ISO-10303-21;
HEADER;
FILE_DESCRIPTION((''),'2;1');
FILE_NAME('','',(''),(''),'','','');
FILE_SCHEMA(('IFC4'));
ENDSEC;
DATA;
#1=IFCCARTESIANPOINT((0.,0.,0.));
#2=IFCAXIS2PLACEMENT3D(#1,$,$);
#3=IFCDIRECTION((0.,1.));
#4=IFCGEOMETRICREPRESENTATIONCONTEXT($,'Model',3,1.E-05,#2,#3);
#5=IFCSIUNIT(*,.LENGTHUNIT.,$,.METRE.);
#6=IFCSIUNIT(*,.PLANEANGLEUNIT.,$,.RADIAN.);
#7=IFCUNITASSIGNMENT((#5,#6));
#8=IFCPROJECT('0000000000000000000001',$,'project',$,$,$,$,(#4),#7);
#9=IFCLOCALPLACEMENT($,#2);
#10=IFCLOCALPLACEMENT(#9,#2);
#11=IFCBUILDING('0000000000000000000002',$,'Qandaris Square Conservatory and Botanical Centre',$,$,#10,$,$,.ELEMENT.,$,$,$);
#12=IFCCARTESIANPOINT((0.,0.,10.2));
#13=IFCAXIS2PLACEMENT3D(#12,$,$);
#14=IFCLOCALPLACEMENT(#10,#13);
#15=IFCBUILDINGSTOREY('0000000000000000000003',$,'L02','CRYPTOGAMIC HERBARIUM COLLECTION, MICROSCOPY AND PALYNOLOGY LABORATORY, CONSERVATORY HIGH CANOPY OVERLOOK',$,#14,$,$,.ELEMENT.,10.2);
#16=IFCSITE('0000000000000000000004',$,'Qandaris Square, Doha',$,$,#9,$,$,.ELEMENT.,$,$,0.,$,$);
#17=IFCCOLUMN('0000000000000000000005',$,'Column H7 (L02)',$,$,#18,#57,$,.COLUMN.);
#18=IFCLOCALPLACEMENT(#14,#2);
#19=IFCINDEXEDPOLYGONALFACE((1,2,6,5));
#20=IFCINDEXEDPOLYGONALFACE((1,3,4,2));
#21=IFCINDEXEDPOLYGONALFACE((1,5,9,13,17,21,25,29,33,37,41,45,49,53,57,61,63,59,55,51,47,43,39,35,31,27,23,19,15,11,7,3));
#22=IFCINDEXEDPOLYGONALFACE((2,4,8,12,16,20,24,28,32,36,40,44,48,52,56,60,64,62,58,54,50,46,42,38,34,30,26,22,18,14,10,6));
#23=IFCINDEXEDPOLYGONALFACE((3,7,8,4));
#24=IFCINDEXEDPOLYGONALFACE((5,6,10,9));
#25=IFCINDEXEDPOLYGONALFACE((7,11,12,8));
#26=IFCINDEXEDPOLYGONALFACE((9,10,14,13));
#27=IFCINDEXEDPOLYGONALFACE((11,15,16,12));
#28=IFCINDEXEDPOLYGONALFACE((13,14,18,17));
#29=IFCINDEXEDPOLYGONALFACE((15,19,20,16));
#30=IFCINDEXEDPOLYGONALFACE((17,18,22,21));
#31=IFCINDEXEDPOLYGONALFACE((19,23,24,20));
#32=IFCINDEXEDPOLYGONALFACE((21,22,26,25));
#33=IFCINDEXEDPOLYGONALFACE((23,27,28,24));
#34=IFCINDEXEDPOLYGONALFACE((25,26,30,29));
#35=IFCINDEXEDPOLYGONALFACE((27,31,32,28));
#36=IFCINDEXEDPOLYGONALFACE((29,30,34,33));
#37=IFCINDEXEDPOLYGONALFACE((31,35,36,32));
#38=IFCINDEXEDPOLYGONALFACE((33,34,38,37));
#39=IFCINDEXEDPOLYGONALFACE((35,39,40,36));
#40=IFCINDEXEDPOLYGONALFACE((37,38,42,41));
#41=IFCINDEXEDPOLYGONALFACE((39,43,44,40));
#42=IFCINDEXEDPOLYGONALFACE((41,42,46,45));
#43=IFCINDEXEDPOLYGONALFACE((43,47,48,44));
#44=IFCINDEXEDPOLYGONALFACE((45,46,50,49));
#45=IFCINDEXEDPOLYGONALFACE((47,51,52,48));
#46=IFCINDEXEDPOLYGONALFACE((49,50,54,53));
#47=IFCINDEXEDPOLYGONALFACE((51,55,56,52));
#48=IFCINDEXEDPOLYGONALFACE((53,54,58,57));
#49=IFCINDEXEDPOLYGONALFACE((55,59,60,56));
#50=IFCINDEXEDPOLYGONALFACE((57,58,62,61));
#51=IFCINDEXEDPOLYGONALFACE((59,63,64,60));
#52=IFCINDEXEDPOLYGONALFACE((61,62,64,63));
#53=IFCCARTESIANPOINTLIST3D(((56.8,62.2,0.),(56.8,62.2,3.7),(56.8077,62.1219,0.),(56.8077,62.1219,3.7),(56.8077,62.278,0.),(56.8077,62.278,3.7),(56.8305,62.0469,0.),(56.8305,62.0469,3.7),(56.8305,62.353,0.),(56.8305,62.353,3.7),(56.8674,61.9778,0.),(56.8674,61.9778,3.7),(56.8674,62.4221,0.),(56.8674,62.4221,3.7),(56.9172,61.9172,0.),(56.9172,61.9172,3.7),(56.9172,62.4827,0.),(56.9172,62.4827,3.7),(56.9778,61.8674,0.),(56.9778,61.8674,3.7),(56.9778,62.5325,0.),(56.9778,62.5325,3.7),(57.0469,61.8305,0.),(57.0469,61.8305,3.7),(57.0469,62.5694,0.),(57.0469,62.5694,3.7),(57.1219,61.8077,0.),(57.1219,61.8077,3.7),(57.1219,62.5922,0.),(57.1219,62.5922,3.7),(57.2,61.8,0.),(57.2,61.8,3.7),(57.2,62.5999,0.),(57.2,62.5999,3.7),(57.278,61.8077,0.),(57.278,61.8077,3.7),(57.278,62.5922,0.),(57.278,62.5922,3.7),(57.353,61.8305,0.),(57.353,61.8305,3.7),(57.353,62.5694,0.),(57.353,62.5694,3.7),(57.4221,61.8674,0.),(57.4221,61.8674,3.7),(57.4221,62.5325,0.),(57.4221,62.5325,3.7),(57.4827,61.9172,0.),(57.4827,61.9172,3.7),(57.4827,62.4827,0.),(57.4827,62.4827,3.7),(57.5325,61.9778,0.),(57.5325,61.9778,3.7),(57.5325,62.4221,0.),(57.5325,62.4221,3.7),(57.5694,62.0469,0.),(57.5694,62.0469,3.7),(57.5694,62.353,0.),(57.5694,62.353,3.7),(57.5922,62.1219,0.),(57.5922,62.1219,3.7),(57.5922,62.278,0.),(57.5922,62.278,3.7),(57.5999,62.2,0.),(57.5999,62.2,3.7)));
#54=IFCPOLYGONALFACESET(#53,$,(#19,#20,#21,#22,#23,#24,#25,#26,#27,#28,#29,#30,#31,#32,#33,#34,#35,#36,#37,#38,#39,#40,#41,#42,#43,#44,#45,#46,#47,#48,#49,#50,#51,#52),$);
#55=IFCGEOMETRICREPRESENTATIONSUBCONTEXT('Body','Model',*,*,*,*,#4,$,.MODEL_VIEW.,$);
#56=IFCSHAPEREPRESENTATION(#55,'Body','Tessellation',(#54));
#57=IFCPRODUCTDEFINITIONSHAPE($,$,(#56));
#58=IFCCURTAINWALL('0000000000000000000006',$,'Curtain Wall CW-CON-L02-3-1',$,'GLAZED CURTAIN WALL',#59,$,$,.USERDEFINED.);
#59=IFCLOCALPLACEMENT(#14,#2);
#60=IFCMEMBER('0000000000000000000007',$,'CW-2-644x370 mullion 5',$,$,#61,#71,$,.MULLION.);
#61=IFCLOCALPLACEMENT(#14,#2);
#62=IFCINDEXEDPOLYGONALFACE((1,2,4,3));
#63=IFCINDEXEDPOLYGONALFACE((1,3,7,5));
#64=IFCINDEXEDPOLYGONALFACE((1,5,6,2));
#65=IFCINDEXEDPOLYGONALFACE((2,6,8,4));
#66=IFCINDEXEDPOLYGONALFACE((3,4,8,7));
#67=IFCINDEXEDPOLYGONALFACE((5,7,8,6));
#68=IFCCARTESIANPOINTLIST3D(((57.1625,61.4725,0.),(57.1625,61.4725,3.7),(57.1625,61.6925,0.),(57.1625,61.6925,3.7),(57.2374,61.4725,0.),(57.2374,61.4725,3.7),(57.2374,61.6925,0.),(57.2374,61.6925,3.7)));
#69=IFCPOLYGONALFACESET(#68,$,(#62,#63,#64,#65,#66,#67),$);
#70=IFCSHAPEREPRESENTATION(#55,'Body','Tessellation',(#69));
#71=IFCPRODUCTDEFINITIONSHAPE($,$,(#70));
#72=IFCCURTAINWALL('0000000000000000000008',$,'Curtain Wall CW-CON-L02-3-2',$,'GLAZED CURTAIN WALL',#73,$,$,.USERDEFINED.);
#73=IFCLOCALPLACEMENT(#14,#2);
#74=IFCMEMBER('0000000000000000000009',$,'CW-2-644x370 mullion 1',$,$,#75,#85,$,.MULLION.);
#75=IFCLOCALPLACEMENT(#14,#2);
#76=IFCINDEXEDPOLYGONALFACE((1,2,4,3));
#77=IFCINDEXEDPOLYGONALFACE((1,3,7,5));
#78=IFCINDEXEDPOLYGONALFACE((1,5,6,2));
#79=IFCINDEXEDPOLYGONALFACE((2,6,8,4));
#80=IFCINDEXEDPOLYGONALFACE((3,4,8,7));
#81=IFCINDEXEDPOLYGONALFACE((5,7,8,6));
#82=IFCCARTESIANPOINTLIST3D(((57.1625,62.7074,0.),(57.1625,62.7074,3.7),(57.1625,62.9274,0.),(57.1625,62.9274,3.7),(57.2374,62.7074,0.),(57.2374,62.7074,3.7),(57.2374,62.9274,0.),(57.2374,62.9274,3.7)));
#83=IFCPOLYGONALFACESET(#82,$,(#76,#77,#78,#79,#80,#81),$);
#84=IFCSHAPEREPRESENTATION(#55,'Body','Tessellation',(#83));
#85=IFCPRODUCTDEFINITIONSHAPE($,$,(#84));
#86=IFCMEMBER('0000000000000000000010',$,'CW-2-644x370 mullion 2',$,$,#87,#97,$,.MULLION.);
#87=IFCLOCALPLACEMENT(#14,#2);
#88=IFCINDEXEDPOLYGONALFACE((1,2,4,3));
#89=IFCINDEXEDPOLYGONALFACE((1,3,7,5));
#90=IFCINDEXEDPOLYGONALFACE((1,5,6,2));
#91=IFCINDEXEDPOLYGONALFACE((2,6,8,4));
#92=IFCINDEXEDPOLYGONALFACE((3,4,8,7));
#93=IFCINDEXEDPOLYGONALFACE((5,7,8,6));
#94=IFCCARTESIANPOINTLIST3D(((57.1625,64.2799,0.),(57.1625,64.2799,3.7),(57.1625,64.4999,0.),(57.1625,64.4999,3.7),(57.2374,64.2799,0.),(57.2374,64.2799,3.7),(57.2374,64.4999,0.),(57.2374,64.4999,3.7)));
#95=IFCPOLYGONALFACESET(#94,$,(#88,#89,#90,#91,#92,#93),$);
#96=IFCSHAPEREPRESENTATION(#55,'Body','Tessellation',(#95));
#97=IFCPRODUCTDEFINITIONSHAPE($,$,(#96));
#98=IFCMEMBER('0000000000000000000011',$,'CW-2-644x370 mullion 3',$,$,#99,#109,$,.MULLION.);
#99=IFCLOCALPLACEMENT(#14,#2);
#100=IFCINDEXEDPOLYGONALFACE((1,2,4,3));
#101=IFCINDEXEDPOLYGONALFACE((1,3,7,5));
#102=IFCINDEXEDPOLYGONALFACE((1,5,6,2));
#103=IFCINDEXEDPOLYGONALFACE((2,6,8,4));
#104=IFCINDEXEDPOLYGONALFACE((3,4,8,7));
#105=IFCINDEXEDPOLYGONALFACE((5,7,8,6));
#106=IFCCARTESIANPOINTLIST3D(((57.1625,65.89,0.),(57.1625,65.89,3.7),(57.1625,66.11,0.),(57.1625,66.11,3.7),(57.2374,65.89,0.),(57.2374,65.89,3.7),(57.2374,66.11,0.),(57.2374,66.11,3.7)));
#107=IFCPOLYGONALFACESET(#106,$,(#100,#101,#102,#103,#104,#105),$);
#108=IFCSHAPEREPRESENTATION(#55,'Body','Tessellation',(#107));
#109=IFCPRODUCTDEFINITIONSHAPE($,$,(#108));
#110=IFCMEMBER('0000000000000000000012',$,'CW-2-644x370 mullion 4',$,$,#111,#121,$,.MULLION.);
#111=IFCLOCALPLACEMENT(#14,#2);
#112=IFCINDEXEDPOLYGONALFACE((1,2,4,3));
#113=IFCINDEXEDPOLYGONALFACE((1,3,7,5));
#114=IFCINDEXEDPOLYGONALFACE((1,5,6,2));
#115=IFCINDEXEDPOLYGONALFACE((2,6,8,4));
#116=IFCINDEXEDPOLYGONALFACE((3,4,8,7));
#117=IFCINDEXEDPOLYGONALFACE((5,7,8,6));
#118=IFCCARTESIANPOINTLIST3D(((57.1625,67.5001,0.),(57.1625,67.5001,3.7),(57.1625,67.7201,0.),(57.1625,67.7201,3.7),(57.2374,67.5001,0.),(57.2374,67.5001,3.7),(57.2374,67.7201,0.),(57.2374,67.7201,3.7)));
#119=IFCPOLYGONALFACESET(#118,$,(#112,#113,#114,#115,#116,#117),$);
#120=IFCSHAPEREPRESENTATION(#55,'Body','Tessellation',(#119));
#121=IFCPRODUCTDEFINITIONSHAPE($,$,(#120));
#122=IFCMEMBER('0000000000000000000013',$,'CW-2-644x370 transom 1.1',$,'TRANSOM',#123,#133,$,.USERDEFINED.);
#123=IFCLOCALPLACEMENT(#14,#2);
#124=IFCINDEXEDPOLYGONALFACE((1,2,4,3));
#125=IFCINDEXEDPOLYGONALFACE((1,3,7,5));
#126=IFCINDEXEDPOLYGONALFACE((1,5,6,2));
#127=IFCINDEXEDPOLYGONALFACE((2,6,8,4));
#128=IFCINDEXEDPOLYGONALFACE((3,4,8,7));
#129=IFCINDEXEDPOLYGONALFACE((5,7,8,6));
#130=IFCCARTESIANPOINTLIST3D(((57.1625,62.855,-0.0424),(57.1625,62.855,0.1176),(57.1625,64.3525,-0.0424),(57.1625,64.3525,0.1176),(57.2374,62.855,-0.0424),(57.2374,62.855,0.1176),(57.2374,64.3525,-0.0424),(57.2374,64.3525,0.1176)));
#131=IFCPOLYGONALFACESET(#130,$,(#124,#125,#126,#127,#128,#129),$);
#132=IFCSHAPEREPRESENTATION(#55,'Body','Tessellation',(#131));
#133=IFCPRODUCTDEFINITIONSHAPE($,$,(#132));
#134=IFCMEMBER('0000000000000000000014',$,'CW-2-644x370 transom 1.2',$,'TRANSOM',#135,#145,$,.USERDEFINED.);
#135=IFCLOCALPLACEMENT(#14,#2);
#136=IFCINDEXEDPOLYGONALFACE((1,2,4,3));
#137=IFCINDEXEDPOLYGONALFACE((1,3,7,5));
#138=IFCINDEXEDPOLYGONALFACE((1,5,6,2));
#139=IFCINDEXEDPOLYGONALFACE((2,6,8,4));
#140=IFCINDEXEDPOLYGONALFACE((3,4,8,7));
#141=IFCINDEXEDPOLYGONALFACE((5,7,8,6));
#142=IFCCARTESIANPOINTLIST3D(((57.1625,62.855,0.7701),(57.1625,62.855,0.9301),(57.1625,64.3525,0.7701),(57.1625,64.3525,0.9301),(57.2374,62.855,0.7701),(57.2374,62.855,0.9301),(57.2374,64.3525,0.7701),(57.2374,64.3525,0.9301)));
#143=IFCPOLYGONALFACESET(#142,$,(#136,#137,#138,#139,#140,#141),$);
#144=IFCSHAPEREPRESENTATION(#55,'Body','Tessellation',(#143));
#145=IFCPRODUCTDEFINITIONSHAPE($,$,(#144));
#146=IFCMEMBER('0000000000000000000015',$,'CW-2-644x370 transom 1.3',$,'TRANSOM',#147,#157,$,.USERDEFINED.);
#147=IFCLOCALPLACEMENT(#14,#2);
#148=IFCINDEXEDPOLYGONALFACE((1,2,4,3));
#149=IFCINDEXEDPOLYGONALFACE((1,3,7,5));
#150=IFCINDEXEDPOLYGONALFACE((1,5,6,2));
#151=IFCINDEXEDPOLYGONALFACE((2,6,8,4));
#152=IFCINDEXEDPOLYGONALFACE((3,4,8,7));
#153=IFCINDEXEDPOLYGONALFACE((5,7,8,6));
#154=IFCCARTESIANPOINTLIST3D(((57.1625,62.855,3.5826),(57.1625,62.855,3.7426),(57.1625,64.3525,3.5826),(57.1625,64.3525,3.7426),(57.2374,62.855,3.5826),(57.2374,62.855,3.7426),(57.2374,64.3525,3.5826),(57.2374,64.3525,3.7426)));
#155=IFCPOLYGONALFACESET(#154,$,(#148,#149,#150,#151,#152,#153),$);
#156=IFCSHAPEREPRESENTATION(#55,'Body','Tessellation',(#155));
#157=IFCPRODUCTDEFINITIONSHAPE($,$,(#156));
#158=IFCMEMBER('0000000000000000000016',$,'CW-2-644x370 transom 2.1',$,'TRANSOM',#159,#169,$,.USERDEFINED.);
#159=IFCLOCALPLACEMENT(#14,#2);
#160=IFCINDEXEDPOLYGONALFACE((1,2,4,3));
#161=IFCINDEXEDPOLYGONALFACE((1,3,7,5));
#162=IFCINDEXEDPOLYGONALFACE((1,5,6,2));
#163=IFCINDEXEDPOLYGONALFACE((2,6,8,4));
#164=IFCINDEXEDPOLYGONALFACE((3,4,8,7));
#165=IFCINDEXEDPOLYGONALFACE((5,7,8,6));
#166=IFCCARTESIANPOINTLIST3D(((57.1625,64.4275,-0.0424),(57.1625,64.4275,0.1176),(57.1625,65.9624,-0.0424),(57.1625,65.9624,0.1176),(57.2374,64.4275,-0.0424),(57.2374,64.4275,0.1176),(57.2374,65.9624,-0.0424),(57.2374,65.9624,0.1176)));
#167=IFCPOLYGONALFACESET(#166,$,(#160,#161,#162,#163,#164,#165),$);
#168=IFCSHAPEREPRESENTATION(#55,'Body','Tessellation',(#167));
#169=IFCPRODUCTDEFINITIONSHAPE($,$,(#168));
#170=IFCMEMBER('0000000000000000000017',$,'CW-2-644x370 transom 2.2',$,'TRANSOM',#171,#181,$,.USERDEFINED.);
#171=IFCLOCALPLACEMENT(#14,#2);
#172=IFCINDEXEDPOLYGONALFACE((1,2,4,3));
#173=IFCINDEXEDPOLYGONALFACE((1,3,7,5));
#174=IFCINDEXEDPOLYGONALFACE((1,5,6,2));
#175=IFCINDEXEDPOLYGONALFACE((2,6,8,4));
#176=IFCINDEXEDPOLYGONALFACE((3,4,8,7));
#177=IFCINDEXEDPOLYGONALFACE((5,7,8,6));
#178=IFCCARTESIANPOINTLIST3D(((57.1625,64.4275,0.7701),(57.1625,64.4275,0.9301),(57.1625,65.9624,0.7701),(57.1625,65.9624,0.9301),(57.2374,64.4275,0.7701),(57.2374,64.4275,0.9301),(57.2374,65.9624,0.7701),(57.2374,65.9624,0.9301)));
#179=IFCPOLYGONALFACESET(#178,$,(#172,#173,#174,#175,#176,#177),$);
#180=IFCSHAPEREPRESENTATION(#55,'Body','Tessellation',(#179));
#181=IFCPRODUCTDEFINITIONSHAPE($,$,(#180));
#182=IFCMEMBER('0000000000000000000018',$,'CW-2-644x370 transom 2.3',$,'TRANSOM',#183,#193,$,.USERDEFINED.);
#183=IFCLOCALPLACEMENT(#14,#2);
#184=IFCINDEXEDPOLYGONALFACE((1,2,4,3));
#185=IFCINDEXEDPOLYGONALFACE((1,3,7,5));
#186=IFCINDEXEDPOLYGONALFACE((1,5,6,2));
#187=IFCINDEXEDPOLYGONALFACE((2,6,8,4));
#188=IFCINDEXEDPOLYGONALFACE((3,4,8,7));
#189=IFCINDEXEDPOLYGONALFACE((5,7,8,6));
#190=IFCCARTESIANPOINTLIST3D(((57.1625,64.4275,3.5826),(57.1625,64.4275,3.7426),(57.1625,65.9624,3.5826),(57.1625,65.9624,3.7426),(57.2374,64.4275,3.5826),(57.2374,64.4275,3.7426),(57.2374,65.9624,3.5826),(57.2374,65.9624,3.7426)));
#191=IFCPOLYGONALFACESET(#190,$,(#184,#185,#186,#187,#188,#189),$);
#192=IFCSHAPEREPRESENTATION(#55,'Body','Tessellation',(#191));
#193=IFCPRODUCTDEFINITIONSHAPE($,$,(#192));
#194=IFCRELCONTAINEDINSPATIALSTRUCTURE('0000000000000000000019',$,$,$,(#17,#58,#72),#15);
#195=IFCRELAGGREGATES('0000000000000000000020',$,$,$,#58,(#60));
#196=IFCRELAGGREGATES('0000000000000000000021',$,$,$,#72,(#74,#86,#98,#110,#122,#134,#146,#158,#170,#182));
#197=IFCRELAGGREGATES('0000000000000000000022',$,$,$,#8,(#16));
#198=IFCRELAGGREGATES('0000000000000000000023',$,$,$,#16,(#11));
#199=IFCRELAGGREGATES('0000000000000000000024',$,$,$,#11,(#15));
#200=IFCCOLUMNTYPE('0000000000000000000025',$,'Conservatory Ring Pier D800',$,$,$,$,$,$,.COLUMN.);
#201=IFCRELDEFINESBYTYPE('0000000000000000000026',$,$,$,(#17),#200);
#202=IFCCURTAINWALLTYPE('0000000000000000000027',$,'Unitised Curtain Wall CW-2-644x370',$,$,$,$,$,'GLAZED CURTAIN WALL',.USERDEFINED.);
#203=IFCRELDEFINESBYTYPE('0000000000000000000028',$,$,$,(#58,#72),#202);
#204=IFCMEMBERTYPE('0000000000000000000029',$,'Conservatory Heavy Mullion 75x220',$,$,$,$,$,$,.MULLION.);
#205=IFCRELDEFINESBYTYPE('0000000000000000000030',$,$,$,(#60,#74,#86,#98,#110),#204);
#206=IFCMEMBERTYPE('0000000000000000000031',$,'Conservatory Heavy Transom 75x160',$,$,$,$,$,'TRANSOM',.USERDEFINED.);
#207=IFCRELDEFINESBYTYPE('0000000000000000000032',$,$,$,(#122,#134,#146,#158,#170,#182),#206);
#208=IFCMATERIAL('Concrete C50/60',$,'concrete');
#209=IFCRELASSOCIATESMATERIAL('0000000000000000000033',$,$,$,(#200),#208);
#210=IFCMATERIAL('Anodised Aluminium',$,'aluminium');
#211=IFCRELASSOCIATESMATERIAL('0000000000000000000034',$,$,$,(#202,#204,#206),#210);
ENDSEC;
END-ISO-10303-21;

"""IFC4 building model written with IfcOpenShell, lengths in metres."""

from ifc_helpers import new_model, si_unit, direction, frame, origin, origin_2d, place, context, subcontext, project, spatial, rectangle, circle, extrude, material, material_profile, profile_set, type_object, element, aggregate, save


model = new_model("IFC4")

# Units and contexts
model_context = context("Model", 3, precision=1e-05, world=origin(), true_north=direction((0.0, 1.0)))
body_context = subcontext(model_context, "Body", "Model", "MODEL_VIEW")
ifc_project = project(units=[si_unit("LENGTHUNIT", "METRE"), si_unit("PLANEANGLEUNIT", "RADIAN")], contexts=[model_context])

# Site, building, storey
site_placement = place(None, origin())
site = spatial("IfcSite", under=ifc_project, at=site_placement, Name="Qandaris Square, Doha", CompositionType="ELEMENT", RefElevation=0.0)
building_placement = place(site_placement, origin())
building = spatial("IfcBuilding", under=site, at=building_placement, Name="Qandaris Square Conservatory and Botanical Centre", CompositionType="ELEMENT")
storey_placement = place(building_placement, frame((0.0, 0.0, 10.2)))
storey = spatial("IfcBuildingStorey", under=building, at=storey_placement, Name="L02", Description="CRYPTOGAMIC HERBARIUM COLLECTION, MICROSCOPY AND PALYNOLOGY LABORATORY, CONSERVATORY HIGH CANOPY OVERLOOK", CompositionType="ELEMENT", Elevation=10.2)

# Column
ifc_material_1 = material(Name="Concrete C50/60", Category="concrete")
ifc_material_profile_1 = material_profile(ifc_material_1, circle(Radius=0.3999, at=origin_2d()), Name="RC-COL D800")
ifc_profile_set_1 = profile_set([ifc_material_profile_1], Name="Concrete C50/60")
column_type = type_object("IfcColumnType", Name="Conservatory Ring Pier D800", PredefinedType="COLUMN", material=ifc_profile_set_1)
column_placement = place(storey_placement, frame((57.2, 62.2, 0.0), z_axis=(0.0, 0.0, 1.0), x_axis=(1.0, 0.0, 0.0)))
element("IfcColumn", 1, at=column_placement, inside=storey, type_object=column_type, Name="Column H7 (L02)", PredefinedType="COLUMN", context=body_context, shape_type="SweptSolid", body=[
    extrude(circle(Radius=0.3999, at=origin_2d()), origin(), (0.0, 0.0, 1.0), 3.7),
])

# Curtain wall, member
ifc_material_2 = material(Name="Anodised Aluminium", Category="aluminium")
curtain_wall_type = type_object("IfcCurtainWallType", Name="Unitised Curtain Wall CW-2-644x370", ElementType="GLAZED CURTAIN WALL", PredefinedType="USERDEFINED", material=ifc_material_2)
curtain_wall_1_placement = place(storey_placement, origin())
curtain_wall_1 = element("IfcCurtainWall", 2, at=curtain_wall_1_placement, inside=storey, type_object=curtain_wall_type, Name="Curtain Wall CW-CON-L02-3-1", ObjectType="GLAZED CURTAIN WALL", PredefinedType="USERDEFINED")
ifc_material_profile_2 = material_profile(ifc_material_2, rectangle(XDim=0.075, YDim=0.22, at=origin_2d()), Name="ALU-MUL 75x220")
ifc_profile_set_2 = profile_set([ifc_material_profile_2], Name="Anodised Aluminium")
member_type_1 = type_object("IfcMemberType", Name="Conservatory Heavy Mullion 75x220", PredefinedType="MULLION", material=ifc_profile_set_2)
member_1_placement = place(storey_placement, frame((57.2, 61.5825, 0.0), z_axis=(0.0, 0.0, 1.0), x_axis=(-1.0, 0.0, 0.0)))
member_1 = element("IfcMember", 3, at=member_1_placement, type_object=member_type_1, Name="CW-2-644x370 mullion 5", PredefinedType="MULLION", context=body_context, shape_type="SweptSolid", body=[
    extrude(rectangle(XDim=0.075, YDim=0.22, at=origin_2d()), origin(), (0.0, 0.0, 1.0), 3.7),
])
aggregate(curtain_wall_1, [member_1])

# Curtain wall, members
curtain_wall_2_placement = place(storey_placement, origin())
curtain_wall_2 = element("IfcCurtainWall", 4, at=curtain_wall_2_placement, inside=storey, type_object=curtain_wall_type, Name="Curtain Wall CW-CON-L02-3-2", ObjectType="GLAZED CURTAIN WALL", PredefinedType="USERDEFINED")
member_2_placement = place(storey_placement, frame((57.2, 62.8174, 0.0), z_axis=(0.0, 0.0, 1.0), x_axis=(-1.0, 0.0, 0.0)))
member_2 = element("IfcMember", 5, at=member_2_placement, type_object=member_type_1, Name="CW-2-644x370 mullion 1", PredefinedType="MULLION", context=body_context, shape_type="SweptSolid", body=[
    extrude(rectangle(XDim=0.075, YDim=0.22, at=origin_2d()), origin(), (0.0, 0.0, 1.0), 3.7),
])
member_3_placement = place(storey_placement, frame((57.2, 64.3899, 0.0), z_axis=(0.0, 0.0, 1.0), x_axis=(-1.0, 0.0, 0.0)))
member_3 = element("IfcMember", 6, at=member_3_placement, type_object=member_type_1, Name="CW-2-644x370 mullion 2", PredefinedType="MULLION", context=body_context, shape_type="SweptSolid", body=[
    extrude(rectangle(XDim=0.075, YDim=0.22, at=origin_2d()), origin(), (0.0, 0.0, 1.0), 3.7),
])
member_4_placement = place(storey_placement, frame((57.2, 66.0, 0.0), z_axis=(0.0, 0.0, 1.0), x_axis=(-1.0, 0.0, 0.0)))
member_4 = element("IfcMember", 7, at=member_4_placement, type_object=member_type_1, Name="CW-2-644x370 mullion 3", PredefinedType="MULLION", context=body_context, shape_type="SweptSolid", body=[
    extrude(rectangle(XDim=0.075, YDim=0.22, at=origin_2d()), origin(), (0.0, 0.0, 1.0), 3.7),
])
member_5_placement = place(storey_placement, frame((57.2, 67.6101, 0.0), z_axis=(0.0, 0.0, 1.0), x_axis=(-1.0, 0.0, 0.0)))
member_5 = element("IfcMember", 8, at=member_5_placement, type_object=member_type_1, Name="CW-2-644x370 mullion 4", PredefinedType="MULLION", context=body_context, shape_type="SweptSolid", body=[
    extrude(rectangle(XDim=0.075, YDim=0.22, at=origin_2d()), origin(), (0.0, 0.0, 1.0), 3.7),
])
ifc_material_profile_3 = material_profile(ifc_material_2, rectangle(XDim=0.075, YDim=0.1599, at=origin_2d()), Name="ALU-TRN 75x160")
ifc_profile_set_3 = profile_set([ifc_material_profile_3], Name="Anodised Aluminium")
member_type_2 = type_object("IfcMemberType", Name="Conservatory Heavy Transom 75x160", ElementType="TRANSOM", PredefinedType="USERDEFINED", material=ifc_profile_set_3)
member_6_placement = place(storey_placement, frame((57.2, 62.855, 0.0376), z_axis=(0.0, 1.0, 0.0), x_axis=(-1.0, 0.0, 0.0)))
member_6 = element("IfcMember", 9, at=member_6_placement, type_object=member_type_2, Name="CW-2-644x370 transom 1.1", ObjectType="TRANSOM", PredefinedType="USERDEFINED", context=body_context, shape_type="SweptSolid", body=[
    extrude(rectangle(XDim=0.075, YDim=0.1599, at=origin_2d()), origin(), (0.0, 0.0, 1.0), 1.4976),
])
member_7_placement = place(storey_placement, frame((57.2, 62.855, 0.8501), z_axis=(0.0, 1.0, 0.0), x_axis=(-1.0, 0.0, 0.0)))
member_7 = element("IfcMember", 10, at=member_7_placement, type_object=member_type_2, Name="CW-2-644x370 transom 1.2", ObjectType="TRANSOM", PredefinedType="USERDEFINED", context=body_context, shape_type="SweptSolid", body=[
    extrude(rectangle(XDim=0.075, YDim=0.1599, at=origin_2d()), origin(), (0.0, 0.0, 1.0), 1.4976),
])
member_8_placement = place(storey_placement, frame((57.2, 62.855, 3.6626), z_axis=(0.0, 1.0, 0.0), x_axis=(-1.0, 0.0, 0.0)))
member_8 = element("IfcMember", 11, at=member_8_placement, type_object=member_type_2, Name="CW-2-644x370 transom 1.3", ObjectType="TRANSOM", PredefinedType="USERDEFINED", context=body_context, shape_type="SweptSolid", body=[
    extrude(rectangle(XDim=0.075, YDim=0.1599, at=origin_2d()), origin(), (0.0, 0.0, 1.0), 1.4976),
])
member_9_placement = place(storey_placement, frame((57.2, 64.4275, 0.0376), z_axis=(0.0, 1.0, 0.0), x_axis=(-1.0, 0.0, 0.0)))
member_9 = element("IfcMember", 12, at=member_9_placement, type_object=member_type_2, Name="CW-2-644x370 transom 2.1", ObjectType="TRANSOM", PredefinedType="USERDEFINED", context=body_context, shape_type="SweptSolid", body=[
    extrude(rectangle(XDim=0.075, YDim=0.1599, at=origin_2d()), origin(), (0.0, 0.0, 1.0), 1.5349),
])
member_10_placement = place(storey_placement, frame((57.2, 64.4275, 0.8501), z_axis=(0.0, 1.0, 0.0), x_axis=(-1.0, 0.0, 0.0)))
member_10 = element("IfcMember", 13, at=member_10_placement, type_object=member_type_2, Name="CW-2-644x370 transom 2.2", ObjectType="TRANSOM", PredefinedType="USERDEFINED", context=body_context, shape_type="SweptSolid", body=[
    extrude(rectangle(XDim=0.075, YDim=0.1599, at=origin_2d()), origin(), (0.0, 0.0, 1.0), 1.5349),
])
member_11_placement = place(storey_placement, frame((57.2, 64.4275, 3.6626), z_axis=(0.0, 1.0, 0.0), x_axis=(-1.0, 0.0, 0.0)))
member_11 = element("IfcMember", 14, at=member_11_placement, type_object=member_type_2, Name="CW-2-644x370 transom 2.3", ObjectType="TRANSOM", PredefinedType="USERDEFINED", context=body_context, shape_type="SweptSolid", body=[
    extrude(rectangle(XDim=0.075, YDim=0.1599, at=origin_2d()), origin(), (0.0, 0.0, 1.0), 1.5349),
])
aggregate(curtain_wall_2, [member_2, member_3, member_4, member_5, member_6, member_7, member_8, member_9, member_10, member_11])

save(model, "model.ifc")
